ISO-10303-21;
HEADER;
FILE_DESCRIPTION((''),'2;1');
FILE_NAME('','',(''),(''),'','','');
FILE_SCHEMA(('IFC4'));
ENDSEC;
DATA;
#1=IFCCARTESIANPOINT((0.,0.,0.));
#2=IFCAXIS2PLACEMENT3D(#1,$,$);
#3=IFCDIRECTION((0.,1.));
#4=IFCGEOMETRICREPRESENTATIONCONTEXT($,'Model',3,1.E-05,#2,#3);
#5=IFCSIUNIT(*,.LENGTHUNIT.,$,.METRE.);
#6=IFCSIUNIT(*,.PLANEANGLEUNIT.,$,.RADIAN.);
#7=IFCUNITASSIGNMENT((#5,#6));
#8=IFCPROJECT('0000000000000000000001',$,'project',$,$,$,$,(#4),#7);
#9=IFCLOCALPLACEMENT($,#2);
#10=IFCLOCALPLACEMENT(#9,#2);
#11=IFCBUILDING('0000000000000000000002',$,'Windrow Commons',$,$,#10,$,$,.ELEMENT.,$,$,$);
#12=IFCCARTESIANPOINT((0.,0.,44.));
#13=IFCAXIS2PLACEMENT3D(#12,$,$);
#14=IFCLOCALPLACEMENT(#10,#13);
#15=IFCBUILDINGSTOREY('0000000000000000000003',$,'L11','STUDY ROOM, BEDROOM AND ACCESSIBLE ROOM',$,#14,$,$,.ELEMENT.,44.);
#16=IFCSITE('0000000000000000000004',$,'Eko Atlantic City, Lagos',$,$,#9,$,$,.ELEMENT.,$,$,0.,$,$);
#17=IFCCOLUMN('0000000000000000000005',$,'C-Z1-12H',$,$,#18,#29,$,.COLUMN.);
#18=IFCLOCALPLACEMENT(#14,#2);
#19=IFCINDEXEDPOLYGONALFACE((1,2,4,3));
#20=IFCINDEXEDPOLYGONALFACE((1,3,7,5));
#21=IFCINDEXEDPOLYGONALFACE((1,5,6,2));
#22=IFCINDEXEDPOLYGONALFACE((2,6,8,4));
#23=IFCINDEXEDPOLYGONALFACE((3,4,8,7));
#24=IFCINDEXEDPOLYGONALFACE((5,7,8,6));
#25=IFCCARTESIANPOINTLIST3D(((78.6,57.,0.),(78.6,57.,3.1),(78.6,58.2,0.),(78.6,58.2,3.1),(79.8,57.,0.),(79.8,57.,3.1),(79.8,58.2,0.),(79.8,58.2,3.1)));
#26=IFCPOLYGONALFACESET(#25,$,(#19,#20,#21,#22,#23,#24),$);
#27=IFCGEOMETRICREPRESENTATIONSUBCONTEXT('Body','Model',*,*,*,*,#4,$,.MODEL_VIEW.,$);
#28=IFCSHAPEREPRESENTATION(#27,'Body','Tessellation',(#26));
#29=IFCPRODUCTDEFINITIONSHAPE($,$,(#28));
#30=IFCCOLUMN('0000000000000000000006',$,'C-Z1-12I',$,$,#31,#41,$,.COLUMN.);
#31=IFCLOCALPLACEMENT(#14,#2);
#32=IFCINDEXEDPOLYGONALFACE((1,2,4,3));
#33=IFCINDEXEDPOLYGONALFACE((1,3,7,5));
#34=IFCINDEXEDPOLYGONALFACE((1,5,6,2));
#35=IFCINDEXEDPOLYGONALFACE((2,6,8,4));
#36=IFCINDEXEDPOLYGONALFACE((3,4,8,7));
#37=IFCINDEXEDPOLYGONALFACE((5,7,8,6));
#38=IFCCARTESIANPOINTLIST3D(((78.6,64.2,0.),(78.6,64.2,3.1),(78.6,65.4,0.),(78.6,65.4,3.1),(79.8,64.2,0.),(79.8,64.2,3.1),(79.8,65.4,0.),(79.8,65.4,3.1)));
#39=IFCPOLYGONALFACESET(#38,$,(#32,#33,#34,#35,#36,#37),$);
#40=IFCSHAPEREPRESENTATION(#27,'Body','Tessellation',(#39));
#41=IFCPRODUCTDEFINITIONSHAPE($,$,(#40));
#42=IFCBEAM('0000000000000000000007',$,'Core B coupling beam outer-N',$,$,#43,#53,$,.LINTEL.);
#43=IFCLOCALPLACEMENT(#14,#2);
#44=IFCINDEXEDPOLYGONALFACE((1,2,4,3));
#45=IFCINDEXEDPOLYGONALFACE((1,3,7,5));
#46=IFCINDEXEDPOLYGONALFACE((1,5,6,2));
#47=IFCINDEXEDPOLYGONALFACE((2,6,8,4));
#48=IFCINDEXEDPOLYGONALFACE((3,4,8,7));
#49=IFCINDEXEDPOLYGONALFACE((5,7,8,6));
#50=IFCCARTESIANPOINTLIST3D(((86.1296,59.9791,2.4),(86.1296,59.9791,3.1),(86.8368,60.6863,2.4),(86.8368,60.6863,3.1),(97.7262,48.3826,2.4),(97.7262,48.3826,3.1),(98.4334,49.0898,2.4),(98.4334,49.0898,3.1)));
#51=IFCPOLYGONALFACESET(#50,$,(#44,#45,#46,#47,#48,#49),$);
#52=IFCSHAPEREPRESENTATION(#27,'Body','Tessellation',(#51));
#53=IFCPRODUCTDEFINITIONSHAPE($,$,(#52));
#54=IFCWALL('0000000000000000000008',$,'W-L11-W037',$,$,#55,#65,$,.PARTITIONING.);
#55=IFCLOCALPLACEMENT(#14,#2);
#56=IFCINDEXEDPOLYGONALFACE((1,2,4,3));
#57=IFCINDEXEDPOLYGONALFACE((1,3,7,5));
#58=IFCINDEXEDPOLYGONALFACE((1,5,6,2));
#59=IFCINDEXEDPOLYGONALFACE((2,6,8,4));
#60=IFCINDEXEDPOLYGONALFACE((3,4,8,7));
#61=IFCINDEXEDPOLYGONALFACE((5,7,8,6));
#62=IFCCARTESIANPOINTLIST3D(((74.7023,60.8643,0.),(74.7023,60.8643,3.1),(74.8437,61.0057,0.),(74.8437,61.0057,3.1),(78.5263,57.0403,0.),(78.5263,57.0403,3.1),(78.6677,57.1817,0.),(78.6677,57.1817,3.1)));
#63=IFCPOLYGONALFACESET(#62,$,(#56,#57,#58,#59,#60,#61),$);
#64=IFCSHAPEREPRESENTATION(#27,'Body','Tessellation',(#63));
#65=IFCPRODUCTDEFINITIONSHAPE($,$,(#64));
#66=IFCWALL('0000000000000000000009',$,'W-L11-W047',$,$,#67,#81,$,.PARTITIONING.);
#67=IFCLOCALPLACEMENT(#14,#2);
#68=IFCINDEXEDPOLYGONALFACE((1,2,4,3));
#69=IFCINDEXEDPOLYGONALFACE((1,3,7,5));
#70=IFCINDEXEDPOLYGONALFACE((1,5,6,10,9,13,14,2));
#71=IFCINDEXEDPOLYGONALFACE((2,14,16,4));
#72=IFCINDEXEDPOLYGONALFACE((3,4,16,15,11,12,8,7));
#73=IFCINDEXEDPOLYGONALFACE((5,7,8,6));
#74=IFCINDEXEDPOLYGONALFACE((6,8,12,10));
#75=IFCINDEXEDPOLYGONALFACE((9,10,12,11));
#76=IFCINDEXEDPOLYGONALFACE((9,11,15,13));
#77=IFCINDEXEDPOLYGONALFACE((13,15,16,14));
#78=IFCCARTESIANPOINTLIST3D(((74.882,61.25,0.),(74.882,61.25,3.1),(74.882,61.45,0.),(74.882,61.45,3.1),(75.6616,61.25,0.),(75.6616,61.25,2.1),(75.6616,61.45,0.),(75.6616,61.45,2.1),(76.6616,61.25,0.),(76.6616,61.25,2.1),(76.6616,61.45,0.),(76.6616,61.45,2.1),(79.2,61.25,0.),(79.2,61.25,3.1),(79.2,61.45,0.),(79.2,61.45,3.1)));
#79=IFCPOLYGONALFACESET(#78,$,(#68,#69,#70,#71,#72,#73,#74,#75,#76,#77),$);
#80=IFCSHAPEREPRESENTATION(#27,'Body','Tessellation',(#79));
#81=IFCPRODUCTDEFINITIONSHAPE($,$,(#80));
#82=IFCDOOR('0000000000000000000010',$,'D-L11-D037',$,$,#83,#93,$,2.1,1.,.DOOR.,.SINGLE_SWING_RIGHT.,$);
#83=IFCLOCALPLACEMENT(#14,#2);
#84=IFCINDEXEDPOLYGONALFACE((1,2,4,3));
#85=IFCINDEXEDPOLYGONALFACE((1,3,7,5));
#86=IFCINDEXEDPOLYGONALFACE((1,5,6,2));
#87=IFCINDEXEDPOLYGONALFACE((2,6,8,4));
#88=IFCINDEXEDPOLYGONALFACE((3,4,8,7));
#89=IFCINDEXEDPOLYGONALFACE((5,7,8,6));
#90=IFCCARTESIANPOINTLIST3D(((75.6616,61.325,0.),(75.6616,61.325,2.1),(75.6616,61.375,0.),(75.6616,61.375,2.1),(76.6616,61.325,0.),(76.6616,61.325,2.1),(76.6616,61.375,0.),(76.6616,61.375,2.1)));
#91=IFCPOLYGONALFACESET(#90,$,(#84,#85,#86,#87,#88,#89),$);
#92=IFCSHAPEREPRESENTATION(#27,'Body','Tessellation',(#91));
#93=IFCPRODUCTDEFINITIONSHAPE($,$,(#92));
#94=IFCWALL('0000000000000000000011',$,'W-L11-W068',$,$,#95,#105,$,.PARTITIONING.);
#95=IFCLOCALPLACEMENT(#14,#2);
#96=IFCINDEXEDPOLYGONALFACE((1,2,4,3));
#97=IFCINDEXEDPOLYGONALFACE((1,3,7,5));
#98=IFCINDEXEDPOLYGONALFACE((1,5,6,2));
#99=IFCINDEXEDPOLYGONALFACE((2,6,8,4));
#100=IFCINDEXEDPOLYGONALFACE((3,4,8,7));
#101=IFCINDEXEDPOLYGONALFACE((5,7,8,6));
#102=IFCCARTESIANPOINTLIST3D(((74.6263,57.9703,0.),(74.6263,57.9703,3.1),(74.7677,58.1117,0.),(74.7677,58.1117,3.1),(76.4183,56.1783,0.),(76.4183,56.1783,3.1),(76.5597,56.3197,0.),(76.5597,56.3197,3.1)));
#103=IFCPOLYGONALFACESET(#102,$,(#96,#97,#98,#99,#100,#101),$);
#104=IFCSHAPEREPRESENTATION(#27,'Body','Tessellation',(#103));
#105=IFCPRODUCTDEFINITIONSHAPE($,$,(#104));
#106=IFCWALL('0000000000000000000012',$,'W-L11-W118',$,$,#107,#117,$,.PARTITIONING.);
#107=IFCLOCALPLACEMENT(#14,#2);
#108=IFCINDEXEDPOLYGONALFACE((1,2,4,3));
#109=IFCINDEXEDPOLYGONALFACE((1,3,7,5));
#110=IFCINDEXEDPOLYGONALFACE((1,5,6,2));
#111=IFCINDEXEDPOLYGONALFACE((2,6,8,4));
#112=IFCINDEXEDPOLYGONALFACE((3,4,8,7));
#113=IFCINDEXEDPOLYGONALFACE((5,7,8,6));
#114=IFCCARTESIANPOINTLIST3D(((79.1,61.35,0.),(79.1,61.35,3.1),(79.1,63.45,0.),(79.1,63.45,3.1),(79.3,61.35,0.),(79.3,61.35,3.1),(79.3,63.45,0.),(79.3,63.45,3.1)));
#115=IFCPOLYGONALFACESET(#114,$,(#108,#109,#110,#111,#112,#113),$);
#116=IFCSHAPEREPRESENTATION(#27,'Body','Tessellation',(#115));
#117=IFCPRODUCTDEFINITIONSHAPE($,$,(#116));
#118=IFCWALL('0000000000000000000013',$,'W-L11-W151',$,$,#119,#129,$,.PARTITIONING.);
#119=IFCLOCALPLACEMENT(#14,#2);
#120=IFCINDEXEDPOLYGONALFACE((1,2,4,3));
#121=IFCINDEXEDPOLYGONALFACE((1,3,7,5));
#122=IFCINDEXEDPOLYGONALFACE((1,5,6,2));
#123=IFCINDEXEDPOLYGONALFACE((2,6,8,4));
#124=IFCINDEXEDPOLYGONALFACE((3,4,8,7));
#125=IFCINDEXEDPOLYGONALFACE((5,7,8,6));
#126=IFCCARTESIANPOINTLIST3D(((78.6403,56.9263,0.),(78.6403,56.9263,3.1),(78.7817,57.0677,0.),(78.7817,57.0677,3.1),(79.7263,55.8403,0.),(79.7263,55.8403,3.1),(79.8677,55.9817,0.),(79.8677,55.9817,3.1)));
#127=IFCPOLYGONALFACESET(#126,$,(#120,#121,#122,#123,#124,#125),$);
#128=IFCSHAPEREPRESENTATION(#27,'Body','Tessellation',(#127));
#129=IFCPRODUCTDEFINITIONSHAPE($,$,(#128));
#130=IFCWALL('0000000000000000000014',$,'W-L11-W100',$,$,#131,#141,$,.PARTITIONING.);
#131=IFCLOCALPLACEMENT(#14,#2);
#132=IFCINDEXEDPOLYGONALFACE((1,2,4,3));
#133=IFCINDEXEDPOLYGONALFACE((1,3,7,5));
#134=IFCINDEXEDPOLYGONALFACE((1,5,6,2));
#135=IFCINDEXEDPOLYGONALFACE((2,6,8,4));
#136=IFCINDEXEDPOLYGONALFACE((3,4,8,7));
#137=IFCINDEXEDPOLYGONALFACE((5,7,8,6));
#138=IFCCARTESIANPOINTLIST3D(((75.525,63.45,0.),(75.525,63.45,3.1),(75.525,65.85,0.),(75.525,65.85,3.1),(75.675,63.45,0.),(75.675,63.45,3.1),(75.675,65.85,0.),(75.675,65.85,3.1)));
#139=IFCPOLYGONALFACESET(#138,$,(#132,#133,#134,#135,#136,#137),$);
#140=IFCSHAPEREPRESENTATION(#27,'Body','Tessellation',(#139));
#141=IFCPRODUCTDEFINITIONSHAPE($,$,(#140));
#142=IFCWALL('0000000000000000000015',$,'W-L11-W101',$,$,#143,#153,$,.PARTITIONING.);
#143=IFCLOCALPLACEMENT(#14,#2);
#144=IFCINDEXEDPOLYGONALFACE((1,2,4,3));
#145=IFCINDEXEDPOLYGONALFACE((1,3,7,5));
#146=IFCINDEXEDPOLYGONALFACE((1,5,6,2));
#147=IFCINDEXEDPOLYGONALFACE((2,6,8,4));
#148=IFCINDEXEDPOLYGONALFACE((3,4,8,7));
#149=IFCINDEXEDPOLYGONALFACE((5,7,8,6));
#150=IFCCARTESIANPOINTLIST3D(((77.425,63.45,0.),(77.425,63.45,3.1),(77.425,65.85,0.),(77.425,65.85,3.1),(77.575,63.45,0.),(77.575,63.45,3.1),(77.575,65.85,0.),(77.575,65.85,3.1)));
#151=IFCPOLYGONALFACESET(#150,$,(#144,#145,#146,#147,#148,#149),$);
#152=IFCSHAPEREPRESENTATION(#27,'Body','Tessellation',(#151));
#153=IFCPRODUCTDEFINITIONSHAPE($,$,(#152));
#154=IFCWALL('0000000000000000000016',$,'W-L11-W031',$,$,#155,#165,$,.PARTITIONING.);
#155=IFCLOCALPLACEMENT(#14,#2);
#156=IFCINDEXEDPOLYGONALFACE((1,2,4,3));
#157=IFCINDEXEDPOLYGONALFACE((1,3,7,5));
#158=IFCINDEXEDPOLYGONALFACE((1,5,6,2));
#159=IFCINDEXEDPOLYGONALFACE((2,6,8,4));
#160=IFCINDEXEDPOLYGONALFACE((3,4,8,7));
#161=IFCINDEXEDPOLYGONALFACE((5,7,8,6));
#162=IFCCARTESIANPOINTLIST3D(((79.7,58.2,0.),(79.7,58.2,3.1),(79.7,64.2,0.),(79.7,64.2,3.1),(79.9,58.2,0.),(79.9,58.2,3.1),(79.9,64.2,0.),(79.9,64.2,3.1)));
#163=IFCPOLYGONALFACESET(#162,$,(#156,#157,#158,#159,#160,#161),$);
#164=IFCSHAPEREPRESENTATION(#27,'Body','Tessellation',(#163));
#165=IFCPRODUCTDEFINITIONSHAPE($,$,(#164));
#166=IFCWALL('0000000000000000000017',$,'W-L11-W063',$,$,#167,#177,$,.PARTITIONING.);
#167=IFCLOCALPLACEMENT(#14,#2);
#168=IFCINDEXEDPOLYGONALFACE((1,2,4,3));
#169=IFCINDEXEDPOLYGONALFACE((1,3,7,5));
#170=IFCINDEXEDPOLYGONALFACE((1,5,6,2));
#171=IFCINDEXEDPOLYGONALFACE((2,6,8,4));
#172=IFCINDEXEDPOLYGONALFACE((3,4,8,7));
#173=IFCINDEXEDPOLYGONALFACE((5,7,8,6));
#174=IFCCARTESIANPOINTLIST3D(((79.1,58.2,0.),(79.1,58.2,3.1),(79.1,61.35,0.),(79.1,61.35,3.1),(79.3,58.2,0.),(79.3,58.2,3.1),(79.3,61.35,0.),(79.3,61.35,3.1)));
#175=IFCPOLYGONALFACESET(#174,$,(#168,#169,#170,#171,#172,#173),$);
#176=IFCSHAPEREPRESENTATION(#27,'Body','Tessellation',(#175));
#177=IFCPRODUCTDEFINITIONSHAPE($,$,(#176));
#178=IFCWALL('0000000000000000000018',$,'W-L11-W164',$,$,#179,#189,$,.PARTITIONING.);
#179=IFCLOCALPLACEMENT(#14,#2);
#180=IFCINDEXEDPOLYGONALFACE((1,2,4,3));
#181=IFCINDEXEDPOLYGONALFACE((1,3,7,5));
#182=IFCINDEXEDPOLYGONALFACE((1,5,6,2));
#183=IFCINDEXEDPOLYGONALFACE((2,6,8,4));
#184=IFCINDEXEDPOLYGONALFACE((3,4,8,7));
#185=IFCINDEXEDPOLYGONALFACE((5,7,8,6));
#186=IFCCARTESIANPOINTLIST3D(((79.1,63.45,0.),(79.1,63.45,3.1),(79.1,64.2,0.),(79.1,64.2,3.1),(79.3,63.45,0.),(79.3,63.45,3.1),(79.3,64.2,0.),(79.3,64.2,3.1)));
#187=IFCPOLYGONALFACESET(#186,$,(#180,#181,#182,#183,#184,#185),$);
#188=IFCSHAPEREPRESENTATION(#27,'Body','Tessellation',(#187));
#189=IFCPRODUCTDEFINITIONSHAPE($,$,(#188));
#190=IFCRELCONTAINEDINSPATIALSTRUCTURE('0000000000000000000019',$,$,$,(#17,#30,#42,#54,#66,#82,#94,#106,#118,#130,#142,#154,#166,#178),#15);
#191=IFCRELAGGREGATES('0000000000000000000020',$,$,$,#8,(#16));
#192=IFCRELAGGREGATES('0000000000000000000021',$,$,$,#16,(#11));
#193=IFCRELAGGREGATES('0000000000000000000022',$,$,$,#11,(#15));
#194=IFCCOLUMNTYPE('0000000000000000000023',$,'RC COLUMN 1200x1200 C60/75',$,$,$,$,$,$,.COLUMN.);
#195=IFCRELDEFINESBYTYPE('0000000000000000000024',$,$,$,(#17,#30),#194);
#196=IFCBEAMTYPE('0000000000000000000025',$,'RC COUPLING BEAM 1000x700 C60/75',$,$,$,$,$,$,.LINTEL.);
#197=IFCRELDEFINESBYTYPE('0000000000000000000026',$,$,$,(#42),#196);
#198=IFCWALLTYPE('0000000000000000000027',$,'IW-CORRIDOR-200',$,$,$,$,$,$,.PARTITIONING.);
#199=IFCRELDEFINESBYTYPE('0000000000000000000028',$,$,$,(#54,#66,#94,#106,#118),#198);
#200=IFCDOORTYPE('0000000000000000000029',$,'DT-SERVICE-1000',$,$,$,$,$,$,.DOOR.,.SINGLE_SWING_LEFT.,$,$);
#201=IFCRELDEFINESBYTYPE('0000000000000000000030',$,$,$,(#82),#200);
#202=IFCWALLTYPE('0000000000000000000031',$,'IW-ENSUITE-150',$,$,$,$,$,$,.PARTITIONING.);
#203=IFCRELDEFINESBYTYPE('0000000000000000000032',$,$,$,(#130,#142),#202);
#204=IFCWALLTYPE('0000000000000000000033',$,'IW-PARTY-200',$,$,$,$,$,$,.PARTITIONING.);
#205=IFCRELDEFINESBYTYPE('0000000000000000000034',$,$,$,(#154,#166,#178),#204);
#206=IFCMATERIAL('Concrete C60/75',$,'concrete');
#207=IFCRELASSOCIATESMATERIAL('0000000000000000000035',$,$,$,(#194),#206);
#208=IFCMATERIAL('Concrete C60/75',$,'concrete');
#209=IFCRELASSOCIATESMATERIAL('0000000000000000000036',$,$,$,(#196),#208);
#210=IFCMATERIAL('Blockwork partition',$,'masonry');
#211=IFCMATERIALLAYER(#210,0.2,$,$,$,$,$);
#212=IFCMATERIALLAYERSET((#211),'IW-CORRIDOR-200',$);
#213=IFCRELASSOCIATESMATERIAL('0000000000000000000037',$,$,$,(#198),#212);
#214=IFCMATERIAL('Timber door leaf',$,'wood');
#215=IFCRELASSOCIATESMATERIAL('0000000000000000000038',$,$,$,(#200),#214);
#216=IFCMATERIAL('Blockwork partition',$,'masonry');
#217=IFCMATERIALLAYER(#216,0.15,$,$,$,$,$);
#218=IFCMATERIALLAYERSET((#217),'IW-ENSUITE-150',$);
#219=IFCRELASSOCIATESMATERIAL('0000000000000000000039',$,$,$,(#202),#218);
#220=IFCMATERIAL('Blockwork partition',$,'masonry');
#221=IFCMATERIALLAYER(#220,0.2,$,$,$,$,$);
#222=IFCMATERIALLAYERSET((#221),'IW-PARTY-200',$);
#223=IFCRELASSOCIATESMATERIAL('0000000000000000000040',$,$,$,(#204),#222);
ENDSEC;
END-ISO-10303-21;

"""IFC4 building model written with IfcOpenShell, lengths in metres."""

from ifc_helpers import new_model, si_unit, direction, frame, frame_2d, origin, origin_2d, place, context, subcontext, project, spatial, rectangle, extrude, material, layer, layer_set, material_profile, profile_set, type_object, element, fill, save


model = new_model("IFC4")

# Units and contexts
model_context = context("Model", 3, precision=1e-05, world=origin(), true_north=direction((0.0, 1.0)))
body_context = subcontext(model_context, "Body", "Model", "MODEL_VIEW")
ifc_project = project(units=[si_unit("LENGTHUNIT", "METRE"), si_unit("PLANEANGLEUNIT", "RADIAN")], contexts=[model_context])

# Site, building, storey
site_placement = place(None, origin())
site = spatial("IfcSite", under=ifc_project, at=site_placement, Name="Eko Atlantic City, Lagos", CompositionType="ELEMENT", RefElevation=0.0)
building_placement = place(site_placement, origin())
building = spatial("IfcBuilding", under=site, at=building_placement, Name="Windrow Commons", CompositionType="ELEMENT")
storey_placement = place(building_placement, frame((0.0, 0.0, 44.0)))
storey = spatial("IfcBuildingStorey", under=building, at=storey_placement, Name="L11", Description="STUDY ROOM, BEDROOM AND ACCESSIBLE ROOM", CompositionType="ELEMENT", Elevation=44.0)

# Columns
ifc_material_1 = material(Name="Concrete C60/75", Category="concrete")
ifc_material_profile_1 = material_profile(ifc_material_1, rectangle(XDim=1.2, YDim=1.2, at=origin_2d()))
ifc_profile_set_1 = profile_set([ifc_material_profile_1], Name="Concrete C60/75")
column_type = type_object("IfcColumnType", Name="RC COLUMN 1200x1200 C60/75", PredefinedType="COLUMN", material=ifc_profile_set_1)
for number, where, z_axis, x_axis, name in (
    (1, (79.2, 57.6, 0.0), (0.0, 0.0, 1.0), (1.0, 0.0, 0.0), "C-Z1-12H"),
    (2, (79.2, 64.8, 0.0), (0.0, 0.0, 1.0), (1.0, 0.0, 0.0), "C-Z1-12I"),
):
    element("IfcColumn", number, at=place(storey_placement, frame(where, z_axis=z_axis, x_axis=x_axis)), inside=storey, type_object=column_type, Name=name, PredefinedType="COLUMN", context=body_context, shape_type="SweptSolid", body=[
        extrude(rectangle(XDim=1.2, YDim=1.2, at=origin_2d()), origin(), (0.0, 0.0, 1.0), 3.1),
    ])

# Beam
ifc_material_2 = material(Name="Concrete C60/75", Category="concrete")
ifc_material_profile_2 = material_profile(ifc_material_2, rectangle(XDim=1.0, YDim=0.7, at=origin_2d()))
ifc_profile_set_2 = profile_set([ifc_material_profile_2], Name="Concrete C60/75")
beam_type = type_object("IfcBeamType", Name="RC COUPLING BEAM 1000x700 C60/75", PredefinedType="LINTEL", material=ifc_profile_set_2)
beam_placement = place(storey_placement, frame((86.4832, 60.3327, 2.75), z_axis=(0.70711, -0.707104, 0.0), x_axis=(0.707104, 0.70711, 0.0)))
element("IfcBeam", 3, at=beam_placement, inside=storey, type_object=beam_type, Name="Core B coupling beam outer-N", PredefinedType="LINTEL", context=body_context, shape_type="SweptSolid", body=[
    extrude(rectangle(XDim=1.0, YDim=0.7, at=origin_2d()), origin(), (0.0, 0.0, 1.0), 16.4),
])

# Wall
ifc_material_3 = material(Name="Blockwork partition", Category="masonry")
ifc_layer_1 = layer(ifc_material_3, 0.2)
ifc_layer_set_1 = layer_set([ifc_layer_1], Name="IW-CORRIDOR-200")
wall_type_1 = type_object("IfcWallType", Name="IW-CORRIDOR-200", PredefinedType="PARTITIONING", material=ifc_layer_set_1)
wall_1_placement = place(storey_placement, frame((74.773, 60.935, 0.0), z_axis=(0.0, 0.0, 1.0), x_axis=(0.707107, -0.707107, 0.0)))
element("IfcWall", 4, at=wall_1_placement, inside=storey, type_object=wall_type_1, Name="W-L11-W037", PredefinedType="PARTITIONING", context=body_context, shape_type="SweptSolid", body=[
    extrude(rectangle(XDim=5.408, YDim=0.2, at=frame_2d((2.704, 0.0))), origin(), (0.0, 0.0, 1.0), 3.1),
])

# Wall, opening, door
wall_2_placement = place(storey_placement, frame((74.882, 61.35, 0.0), z_axis=(0.0, 0.0, 1.0), x_axis=(1.0, 0.0, 0.0)))
wall_2 = element("IfcWall", 5, at=wall_2_placement, inside=storey, type_object=wall_type_1, Name="W-L11-W047", PredefinedType="PARTITIONING", context=body_context, shape_type="SweptSolid", body=[
    extrude(rectangle(XDim=4.318, YDim=0.2, at=frame_2d((2.159, 0.0))), origin(), (0.0, 0.0, 1.0), 3.1),
])
opening_placement = place(wall_2_placement, frame((0.7796, 0.0, 0.0)))
opening = element("IfcOpeningElement", 6, at=opening_placement, cuts=wall_2, PredefinedType="OPENING", context=body_context, shape_type="SweptSolid", body=[
    extrude(rectangle(XDim=1.0, YDim=2.1, at=frame_2d((0.5, 1.05))), frame((0.0, 0.11, 0.0), z_axis=(0.0, -1.0, 0.0), x_axis=(1.0, 0.0, 0.0)), (0.0, 0.0, 1.0), 0.22),
])
ifc_material_4 = material(Name="Timber door leaf", Category="wood")
door_type = type_object("IfcDoorType", Name="DT-SERVICE-1000", OperationType="SINGLE_SWING_LEFT", PredefinedType="DOOR", material=ifc_material_4)
door_placement = place(opening_placement, origin())
door = element("IfcDoor", 7, at=door_placement, inside=storey, type_object=door_type, Name="D-L11-D037", OperationType="SINGLE_SWING_RIGHT", OverallHeight=2.1, OverallWidth=1.0, PredefinedType="DOOR", context=body_context, shape_type="SweptSolid", body=[
    extrude(rectangle(XDim=1.0, YDim=2.1, at=frame_2d((0.5, 1.05))), frame((0.0, 0.025, 0.0), z_axis=(0.0, -1.0, 0.0), x_axis=(1.0, 0.0, 0.0)), (0.0, 0.0, 1.0), 0.05),
])
fill(opening, door)

# Walls
wall_3_placement = place(storey_placement, frame((74.697, 58.041, 0.0), z_axis=(0.0, 0.0, 1.0), x_axis=(0.707107, -0.707107, 0.0)))
element("IfcWall", 8, at=wall_3_placement, inside=storey, type_object=wall_type_1, Name="W-L11-W068", PredefinedType="PARTITIONING", context=body_context, shape_type="SweptSolid", body=[
    extrude(rectangle(XDim=2.5343, YDim=0.2, at=frame_2d((1.2671, 0.0))), origin(), (0.0, 0.0, 1.0), 3.1),
])
wall_4_placement = place(storey_placement, frame((79.2, 61.35, 0.0), z_axis=(0.0, 0.0, 1.0), x_axis=(0.0, 1.0, 0.0)))
element("IfcWall", 9, at=wall_4_placement, inside=storey, type_object=wall_type_1, Name="W-L11-W118", PredefinedType="PARTITIONING", context=body_context, shape_type="SweptSolid", body=[
    extrude(rectangle(XDim=2.1, YDim=0.2, at=frame_2d((1.05, 0.0))), origin(), (0.0, 0.0, 1.0), 3.1),
])
wall_5_placement = place(storey_placement, frame((78.711, 56.997, 0.0), z_axis=(0.0, 0.0, 1.0), x_axis=(0.707107, -0.707107, 0.0)))
element("IfcWall", 10, at=wall_5_placement, inside=storey, type_object=wall_type_1, Name="W-L11-W151", PredefinedType="PARTITIONING", context=body_context, shape_type="SweptSolid", body=[
    extrude(rectangle(XDim=1.5358, YDim=0.2, at=frame_2d((0.7679, 0.0))), origin(), (0.0, 0.0, 1.0), 3.1),
])
ifc_material_5 = material(Name="Blockwork partition", Category="masonry")
ifc_layer_2 = layer(ifc_material_5, 0.15)
ifc_layer_set_2 = layer_set([ifc_layer_2], Name="IW-ENSUITE-150")
wall_type_2 = type_object("IfcWallType", Name="IW-ENSUITE-150", PredefinedType="PARTITIONING", material=ifc_layer_set_2)
for number, where, z_axis, x_axis, name in (
    (11, (75.6, 63.45, 0.0), (0.0, 0.0, 1.0), (0.0, 1.0, 0.0), "W-L11-W100"),
    (12, (77.5, 63.45, 0.0), (0.0, 0.0, 1.0), (0.0, 1.0, 0.0), "W-L11-W101"),
):
    element("IfcWall", number, at=place(storey_placement, frame(where, z_axis=z_axis, x_axis=x_axis)), inside=storey, type_object=wall_type_2, Name=name, PredefinedType="PARTITIONING", context=body_context, shape_type="SweptSolid", body=[
        extrude(rectangle(XDim=2.4, YDim=0.15, at=frame_2d((1.2, 0.0))), origin(), (0.0, 0.0, 1.0), 3.1),
    ])
ifc_material_6 = material(Name="Blockwork partition", Category="masonry")
ifc_layer_3 = layer(ifc_material_6, 0.2)
ifc_layer_set_3 = layer_set([ifc_layer_3], Name="IW-PARTY-200")
wall_type_3 = type_object("IfcWallType", Name="IW-PARTY-200", PredefinedType="PARTITIONING", material=ifc_layer_set_3)
wall_6_placement = place(storey_placement, frame((79.8, 58.2, 0.0), z_axis=(0.0, 0.0, 1.0), x_axis=(0.0, 1.0, 0.0)))
element("IfcWall", 13, at=wall_6_placement, inside=storey, type_object=wall_type_3, Name="W-L11-W031", PredefinedType="PARTITIONING", context=body_context, shape_type="SweptSolid", body=[
    extrude(rectangle(XDim=6.0, YDim=0.2, at=frame_2d((3.0, 0.0))), origin(), (0.0, 0.0, 1.0), 3.1),
])
wall_7_placement = place(storey_placement, frame((79.2, 58.2, 0.0), z_axis=(0.0, 0.0, 1.0), x_axis=(0.0, 1.0, 0.0)))
element("IfcWall", 14, at=wall_7_placement, inside=storey, type_object=wall_type_3, Name="W-L11-W063", PredefinedType="PARTITIONING", context=body_context, shape_type="SweptSolid", body=[
    extrude(rectangle(XDim=3.15, YDim=0.2, at=frame_2d((1.575, 0.0))), origin(), (0.0, 0.0, 1.0), 3.1),
])
wall_8_placement = place(storey_placement, frame((79.2, 63.45, 0.0), z_axis=(0.0, 0.0, 1.0), x_axis=(0.0, 1.0, 0.0)))
element("IfcWall", 15, at=wall_8_placement, inside=storey, type_object=wall_type_3, Name="W-L11-W164", PredefinedType="PARTITIONING", context=body_context, shape_type="SweptSolid", body=[
    extrude(rectangle(XDim=0.75, YDim=0.2, at=frame_2d((0.375, 0.0))), origin(), (0.0, 0.0, 1.0), 3.1),
])

save(model, "model.ifc")
